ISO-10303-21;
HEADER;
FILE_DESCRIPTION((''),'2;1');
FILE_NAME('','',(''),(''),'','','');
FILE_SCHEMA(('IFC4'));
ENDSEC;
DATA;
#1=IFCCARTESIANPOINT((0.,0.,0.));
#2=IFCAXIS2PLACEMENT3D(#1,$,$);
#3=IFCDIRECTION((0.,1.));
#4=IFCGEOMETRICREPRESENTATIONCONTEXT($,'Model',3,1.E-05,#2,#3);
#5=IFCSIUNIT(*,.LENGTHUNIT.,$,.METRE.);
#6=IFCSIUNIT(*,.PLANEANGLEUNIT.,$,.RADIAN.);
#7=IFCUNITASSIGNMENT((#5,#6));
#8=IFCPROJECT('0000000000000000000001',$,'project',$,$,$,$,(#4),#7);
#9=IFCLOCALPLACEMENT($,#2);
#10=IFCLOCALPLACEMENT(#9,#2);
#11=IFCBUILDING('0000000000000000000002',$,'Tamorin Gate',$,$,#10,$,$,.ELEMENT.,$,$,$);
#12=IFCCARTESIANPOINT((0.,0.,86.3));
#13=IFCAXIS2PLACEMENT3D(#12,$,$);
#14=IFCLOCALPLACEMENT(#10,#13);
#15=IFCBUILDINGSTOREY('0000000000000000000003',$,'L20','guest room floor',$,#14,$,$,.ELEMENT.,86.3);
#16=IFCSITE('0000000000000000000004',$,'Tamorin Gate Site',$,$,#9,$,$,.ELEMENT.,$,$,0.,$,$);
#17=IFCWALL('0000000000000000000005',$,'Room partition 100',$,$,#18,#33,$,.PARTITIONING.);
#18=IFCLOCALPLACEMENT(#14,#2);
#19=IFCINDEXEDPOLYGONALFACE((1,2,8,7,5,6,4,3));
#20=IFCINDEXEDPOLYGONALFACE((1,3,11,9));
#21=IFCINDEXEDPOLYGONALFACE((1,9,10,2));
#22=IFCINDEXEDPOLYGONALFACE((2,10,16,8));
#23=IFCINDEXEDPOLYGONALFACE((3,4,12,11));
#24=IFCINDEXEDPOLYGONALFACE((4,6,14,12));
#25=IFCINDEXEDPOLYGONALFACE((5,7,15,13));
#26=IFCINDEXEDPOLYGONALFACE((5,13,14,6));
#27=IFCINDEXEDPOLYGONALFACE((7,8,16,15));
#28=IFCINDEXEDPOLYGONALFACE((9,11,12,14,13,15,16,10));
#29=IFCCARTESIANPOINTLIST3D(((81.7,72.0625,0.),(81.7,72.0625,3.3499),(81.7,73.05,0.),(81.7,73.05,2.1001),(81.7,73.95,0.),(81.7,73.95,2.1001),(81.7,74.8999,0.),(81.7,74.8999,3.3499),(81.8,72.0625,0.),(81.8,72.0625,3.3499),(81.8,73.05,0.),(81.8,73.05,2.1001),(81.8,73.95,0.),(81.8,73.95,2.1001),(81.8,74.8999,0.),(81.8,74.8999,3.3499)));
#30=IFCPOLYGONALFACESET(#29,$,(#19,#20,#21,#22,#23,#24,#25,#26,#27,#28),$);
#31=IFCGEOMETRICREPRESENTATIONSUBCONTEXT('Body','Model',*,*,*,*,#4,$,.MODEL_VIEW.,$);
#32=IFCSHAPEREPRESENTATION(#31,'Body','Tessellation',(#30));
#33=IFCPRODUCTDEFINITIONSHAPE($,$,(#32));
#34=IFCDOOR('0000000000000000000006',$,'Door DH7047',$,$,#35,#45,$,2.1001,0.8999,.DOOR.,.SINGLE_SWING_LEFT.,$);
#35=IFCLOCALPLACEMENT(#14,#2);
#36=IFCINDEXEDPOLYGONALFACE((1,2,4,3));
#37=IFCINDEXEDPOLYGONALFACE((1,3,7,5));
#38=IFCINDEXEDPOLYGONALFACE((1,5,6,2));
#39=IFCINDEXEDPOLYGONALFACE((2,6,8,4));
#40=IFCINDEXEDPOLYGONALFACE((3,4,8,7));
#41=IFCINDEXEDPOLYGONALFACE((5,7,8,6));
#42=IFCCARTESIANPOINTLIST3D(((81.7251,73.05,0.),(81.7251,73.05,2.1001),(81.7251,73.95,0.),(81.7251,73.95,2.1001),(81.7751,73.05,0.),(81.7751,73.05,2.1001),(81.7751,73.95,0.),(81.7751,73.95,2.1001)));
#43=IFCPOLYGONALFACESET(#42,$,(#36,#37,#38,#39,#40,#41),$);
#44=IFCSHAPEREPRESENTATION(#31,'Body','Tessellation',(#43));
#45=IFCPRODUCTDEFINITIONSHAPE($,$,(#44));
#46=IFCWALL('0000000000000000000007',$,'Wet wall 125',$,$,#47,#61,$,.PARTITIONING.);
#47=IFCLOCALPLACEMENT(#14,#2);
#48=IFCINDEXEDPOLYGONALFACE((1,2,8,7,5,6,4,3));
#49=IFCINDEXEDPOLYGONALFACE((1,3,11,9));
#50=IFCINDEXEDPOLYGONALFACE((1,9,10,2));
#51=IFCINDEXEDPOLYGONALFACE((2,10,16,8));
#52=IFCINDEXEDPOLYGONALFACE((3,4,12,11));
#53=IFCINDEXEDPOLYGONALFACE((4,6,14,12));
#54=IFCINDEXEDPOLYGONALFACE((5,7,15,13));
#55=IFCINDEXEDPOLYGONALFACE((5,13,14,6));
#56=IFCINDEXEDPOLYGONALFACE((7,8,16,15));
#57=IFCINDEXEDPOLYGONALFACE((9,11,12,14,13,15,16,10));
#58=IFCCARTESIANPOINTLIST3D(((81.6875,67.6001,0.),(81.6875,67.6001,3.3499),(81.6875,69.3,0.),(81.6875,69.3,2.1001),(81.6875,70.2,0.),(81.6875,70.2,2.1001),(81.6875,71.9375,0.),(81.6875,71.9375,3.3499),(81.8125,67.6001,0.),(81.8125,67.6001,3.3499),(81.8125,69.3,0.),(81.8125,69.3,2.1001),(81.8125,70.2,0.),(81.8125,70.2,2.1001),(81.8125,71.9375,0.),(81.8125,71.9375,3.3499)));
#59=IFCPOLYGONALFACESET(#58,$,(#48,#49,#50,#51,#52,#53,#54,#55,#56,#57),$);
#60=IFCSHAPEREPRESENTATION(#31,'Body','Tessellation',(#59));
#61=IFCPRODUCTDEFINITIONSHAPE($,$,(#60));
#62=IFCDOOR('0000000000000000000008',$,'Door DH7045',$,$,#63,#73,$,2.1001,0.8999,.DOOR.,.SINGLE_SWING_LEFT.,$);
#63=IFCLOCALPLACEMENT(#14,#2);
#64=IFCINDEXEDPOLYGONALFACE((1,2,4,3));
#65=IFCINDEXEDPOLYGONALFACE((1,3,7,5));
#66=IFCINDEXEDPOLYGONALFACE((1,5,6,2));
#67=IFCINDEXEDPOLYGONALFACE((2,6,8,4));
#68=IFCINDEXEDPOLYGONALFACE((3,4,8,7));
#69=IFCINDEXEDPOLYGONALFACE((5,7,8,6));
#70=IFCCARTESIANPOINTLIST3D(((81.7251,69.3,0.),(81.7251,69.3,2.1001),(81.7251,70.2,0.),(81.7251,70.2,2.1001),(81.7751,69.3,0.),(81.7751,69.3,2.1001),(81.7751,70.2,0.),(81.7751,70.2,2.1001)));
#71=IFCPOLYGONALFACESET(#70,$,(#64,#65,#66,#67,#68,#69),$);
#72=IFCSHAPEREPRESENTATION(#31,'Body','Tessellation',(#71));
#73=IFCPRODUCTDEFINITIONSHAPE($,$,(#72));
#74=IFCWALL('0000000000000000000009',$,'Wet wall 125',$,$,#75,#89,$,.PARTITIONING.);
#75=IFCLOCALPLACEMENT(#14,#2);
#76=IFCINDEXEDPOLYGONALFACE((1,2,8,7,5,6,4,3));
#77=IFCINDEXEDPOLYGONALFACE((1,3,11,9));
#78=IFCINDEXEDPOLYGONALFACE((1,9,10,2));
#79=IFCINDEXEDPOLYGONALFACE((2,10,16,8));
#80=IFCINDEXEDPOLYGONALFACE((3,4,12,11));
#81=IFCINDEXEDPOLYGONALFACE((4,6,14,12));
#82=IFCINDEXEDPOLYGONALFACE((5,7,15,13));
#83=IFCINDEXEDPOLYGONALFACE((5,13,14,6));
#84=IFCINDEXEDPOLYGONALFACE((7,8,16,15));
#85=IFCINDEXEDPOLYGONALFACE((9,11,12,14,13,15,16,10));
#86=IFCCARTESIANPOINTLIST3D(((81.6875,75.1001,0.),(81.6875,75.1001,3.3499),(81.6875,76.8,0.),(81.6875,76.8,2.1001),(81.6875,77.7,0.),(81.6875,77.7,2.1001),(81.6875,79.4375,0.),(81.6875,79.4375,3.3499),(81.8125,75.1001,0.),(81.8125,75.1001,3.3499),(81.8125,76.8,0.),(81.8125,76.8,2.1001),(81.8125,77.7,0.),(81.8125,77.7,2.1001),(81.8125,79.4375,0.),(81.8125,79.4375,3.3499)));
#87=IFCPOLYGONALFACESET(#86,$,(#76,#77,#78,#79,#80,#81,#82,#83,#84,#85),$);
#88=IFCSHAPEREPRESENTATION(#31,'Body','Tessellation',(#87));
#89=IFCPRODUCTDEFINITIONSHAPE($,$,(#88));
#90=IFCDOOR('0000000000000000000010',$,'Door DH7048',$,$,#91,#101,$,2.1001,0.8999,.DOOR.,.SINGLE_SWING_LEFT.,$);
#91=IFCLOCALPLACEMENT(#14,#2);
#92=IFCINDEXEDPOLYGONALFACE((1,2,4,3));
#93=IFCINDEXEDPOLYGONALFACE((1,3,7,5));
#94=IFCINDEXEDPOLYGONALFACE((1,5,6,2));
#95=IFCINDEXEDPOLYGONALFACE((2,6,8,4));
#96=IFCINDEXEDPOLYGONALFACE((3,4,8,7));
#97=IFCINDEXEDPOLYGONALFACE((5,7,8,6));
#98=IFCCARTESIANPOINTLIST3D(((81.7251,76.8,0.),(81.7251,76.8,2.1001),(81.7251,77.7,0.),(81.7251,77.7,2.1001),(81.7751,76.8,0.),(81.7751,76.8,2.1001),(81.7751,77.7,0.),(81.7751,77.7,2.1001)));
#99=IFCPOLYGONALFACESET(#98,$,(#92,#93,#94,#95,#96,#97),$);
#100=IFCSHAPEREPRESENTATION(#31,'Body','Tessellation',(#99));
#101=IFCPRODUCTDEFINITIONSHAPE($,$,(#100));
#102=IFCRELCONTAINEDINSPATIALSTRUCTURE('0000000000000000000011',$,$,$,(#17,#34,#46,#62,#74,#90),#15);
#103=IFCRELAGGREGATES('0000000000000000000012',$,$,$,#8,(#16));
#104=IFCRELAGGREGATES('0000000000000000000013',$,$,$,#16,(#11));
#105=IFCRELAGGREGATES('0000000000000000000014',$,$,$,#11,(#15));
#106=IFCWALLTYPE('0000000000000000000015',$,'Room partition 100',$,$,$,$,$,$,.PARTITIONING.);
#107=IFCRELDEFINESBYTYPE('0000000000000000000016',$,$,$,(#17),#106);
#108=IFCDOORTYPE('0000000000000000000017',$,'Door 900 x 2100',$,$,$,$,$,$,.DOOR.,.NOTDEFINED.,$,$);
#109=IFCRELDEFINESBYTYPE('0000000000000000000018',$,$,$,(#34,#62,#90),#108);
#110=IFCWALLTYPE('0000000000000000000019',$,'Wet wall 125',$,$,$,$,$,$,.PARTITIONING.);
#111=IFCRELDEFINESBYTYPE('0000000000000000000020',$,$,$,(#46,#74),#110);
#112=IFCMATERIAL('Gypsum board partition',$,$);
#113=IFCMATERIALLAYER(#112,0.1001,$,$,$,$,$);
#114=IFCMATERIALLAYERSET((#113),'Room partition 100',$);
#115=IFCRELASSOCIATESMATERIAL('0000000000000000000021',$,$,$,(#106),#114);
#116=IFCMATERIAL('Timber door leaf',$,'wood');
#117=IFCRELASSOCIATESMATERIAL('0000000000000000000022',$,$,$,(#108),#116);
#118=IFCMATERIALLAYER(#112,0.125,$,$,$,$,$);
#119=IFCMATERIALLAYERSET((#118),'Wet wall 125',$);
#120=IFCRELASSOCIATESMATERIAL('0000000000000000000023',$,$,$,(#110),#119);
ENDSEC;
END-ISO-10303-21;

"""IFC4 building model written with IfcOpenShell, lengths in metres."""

from ifc_helpers import new_model, si_unit, direction, frame, frame_2d, origin, place, context, subcontext, project, spatial, rectangle, extrude, material, layer, layer_set, type_object, element, fill, save


model = new_model("IFC4")

# Units and contexts
model_context = context("Model", 3, precision=1e-05, world=origin(), true_north=direction((0.0, 1.0)))
body_context = subcontext(model_context, "Body", "Model", "MODEL_VIEW")
ifc_project = project(units=[si_unit("LENGTHUNIT", "METRE"), si_unit("PLANEANGLEUNIT", "RADIAN")], contexts=[model_context])

# Site, building, storey
site_placement = place(None, origin())
site = spatial("IfcSite", under=ifc_project, at=site_placement, Name="Tamorin Gate Site", CompositionType="ELEMENT", RefElevation=0.0)
building_placement = place(site_placement, origin())
building = spatial("IfcBuilding", under=site, at=building_placement, Name="Tamorin Gate", CompositionType="ELEMENT")
storey_placement = place(building_placement, frame((0.0, 0.0, 86.3)))
storey = spatial("IfcBuildingStorey", under=building, at=storey_placement, Name="L20", Description="guest room floor", CompositionType="ELEMENT", Elevation=86.3)

# Walls, openings, doors
ifc_material_1 = material(Name="Gypsum board partition")
ifc_layer_1 = layer(ifc_material_1, 0.1001)
ifc_layer_set_1 = layer_set([ifc_layer_1], Name="Room partition 100")
wall_type_1 = type_object("IfcWallType", Name="Room partition 100", PredefinedType="PARTITIONING", material=ifc_layer_set_1)
ifc_material_2 = material(Name="Timber door leaf", Category="wood")
door_type = type_object("IfcDoorType", Name="Door 900 x 2100", OperationType="NOTDEFINED", PredefinedType="DOOR", material=ifc_material_2)
wall_1_placement = place(storey_placement, frame((81.75, 72.0625, 0.0), z_axis=(0.0, 0.0, 1.0), x_axis=(0.0, 1.0, 0.0)))
wall_1 = element("IfcWall", 1, at=wall_1_placement, inside=storey, type_object=wall_type_1, Name="Room partition 100", PredefinedType="PARTITIONING", context=body_context, shape_type="SweptSolid", body=[
    extrude(rectangle(XDim=2.8374, YDim=0.1001, at=frame_2d((1.4187, 0.0))), origin(), (0.0, 0.0, 1.0), 3.3499),
])
opening_1_placement = place(wall_1_placement, frame((0.9875, 0.0, 0.0)))
opening_1 = element("IfcOpeningElement", 2, at=opening_1_placement, cuts=wall_1, PredefinedType="OPENING", context=body_context, shape_type="SweptSolid", body=[
    extrude(rectangle(XDim=0.8999, YDim=2.1001, at=frame_2d((0.45, 1.05))), frame((0.0, 0.0601, 0.0), z_axis=(0.0, -1.0, 0.0), x_axis=(1.0, 0.0, 0.0)), (0.0, 0.0, 1.0), 0.1201),
])
door_1_placement = place(opening_1_placement, origin())
door_1 = element("IfcDoor", 3, at=door_1_placement, inside=storey, type_object=door_type, Name="Door DH7047", OperationType="SINGLE_SWING_LEFT", OverallHeight=2.1001, OverallWidth=0.8999, PredefinedType="DOOR", context=body_context, shape_type="SweptSolid", body=[
    extrude(rectangle(XDim=0.8999, YDim=2.1001, at=frame_2d((0.45, 1.05))), frame((0.0, 0.0249, 0.0), z_axis=(0.0, -1.0, 0.0), x_axis=(1.0, 0.0, 0.0)), (0.0, 0.0, 1.0), 0.05),
])
fill(opening_1, door_1)
ifc_layer_2 = layer(ifc_material_1, 0.125)
ifc_layer_set_2 = layer_set([ifc_layer_2], Name="Wet wall 125")
wall_type_2 = type_object("IfcWallType", Name="Wet wall 125", PredefinedType="PARTITIONING", material=ifc_layer_set_2)
wall_2_placement = place(storey_placement, frame((81.75, 67.6001, 0.0), z_axis=(0.0, 0.0, 1.0), x_axis=(0.0, 1.0, 0.0)))
wall_2 = element("IfcWall", 4, at=wall_2_placement, inside=storey, type_object=wall_type_2, Name="Wet wall 125", PredefinedType="PARTITIONING", context=body_context, shape_type="SweptSolid", body=[
    extrude(rectangle(XDim=4.3374, YDim=0.125, at=frame_2d((2.1687, 0.0))), origin(), (0.0, 0.0, 1.0), 3.3499),
])
opening_2_placement = place(wall_2_placement, frame((1.7, 0.0, 0.0)))
opening_2 = element("IfcOpeningElement", 5, at=opening_2_placement, cuts=wall_2, PredefinedType="OPENING", context=body_context, shape_type="SweptSolid", body=[
    extrude(rectangle(XDim=0.8999, YDim=2.1001, at=frame_2d((0.45, 1.05))), frame((0.0, 0.0725, 0.0), z_axis=(0.0, -1.0, 0.0), x_axis=(1.0, 0.0, 0.0)), (0.0, 0.0, 1.0), 0.145),
])
door_2_placement = place(opening_2_placement, origin())
door_2 = element("IfcDoor", 6, at=door_2_placement, inside=storey, type_object=door_type, Name="Door DH7045", OperationType="SINGLE_SWING_LEFT", OverallHeight=2.1001, OverallWidth=0.8999, PredefinedType="DOOR", context=body_context, shape_type="SweptSolid", body=[
    extrude(rectangle(XDim=0.8999, YDim=2.1001, at=frame_2d((0.45, 1.05))), frame((0.0, 0.0249, 0.0), z_axis=(0.0, -1.0, 0.0), x_axis=(1.0, 0.0, 0.0)), (0.0, 0.0, 1.0), 0.05),
])
fill(opening_2, door_2)
wall_3_placement = place(storey_placement, frame((81.75, 75.1001, 0.0), z_axis=(0.0, 0.0, 1.0), x_axis=(0.0, 1.0, 0.0)))
wall_3 = element("IfcWall", 7, at=wall_3_placement, inside=storey, type_object=wall_type_2, Name="Wet wall 125", PredefinedType="PARTITIONING", context=body_context, shape_type="SweptSolid", body=[
    extrude(rectangle(XDim=4.3374, YDim=0.125, at=frame_2d((2.1687, 0.0))), origin(), (0.0, 0.0, 1.0), 3.3499),
])
opening_3_placement = place(wall_3_placement, frame((1.7, 0.0, 0.0)))
opening_3 = element("IfcOpeningElement", 8, at=opening_3_placement, cuts=wall_3, PredefinedType="OPENING", context=body_context, shape_type="SweptSolid", body=[
    extrude(rectangle(XDim=0.8999, YDim=2.1001, at=frame_2d((0.45, 1.05))), frame((0.0, 0.0725, 0.0), z_axis=(0.0, -1.0, 0.0), x_axis=(1.0, 0.0, 0.0)), (0.0, 0.0, 1.0), 0.145),
])
door_3_placement = place(opening_3_placement, origin())
door_3 = element("IfcDoor", 9, at=door_3_placement, inside=storey, type_object=door_type, Name="Door DH7048", OperationType="SINGLE_SWING_LEFT", OverallHeight=2.1001, OverallWidth=0.8999, PredefinedType="DOOR", context=body_context, shape_type="SweptSolid", body=[
    extrude(rectangle(XDim=0.8999, YDim=2.1001, at=frame_2d((0.45, 1.05))), frame((0.0, 0.0249, 0.0), z_axis=(0.0, -1.0, 0.0), x_axis=(1.0, 0.0, 0.0)), (0.0, 0.0, 1.0), 0.05),
])
fill(opening_3, door_3)

save(model, "model.ifc")
